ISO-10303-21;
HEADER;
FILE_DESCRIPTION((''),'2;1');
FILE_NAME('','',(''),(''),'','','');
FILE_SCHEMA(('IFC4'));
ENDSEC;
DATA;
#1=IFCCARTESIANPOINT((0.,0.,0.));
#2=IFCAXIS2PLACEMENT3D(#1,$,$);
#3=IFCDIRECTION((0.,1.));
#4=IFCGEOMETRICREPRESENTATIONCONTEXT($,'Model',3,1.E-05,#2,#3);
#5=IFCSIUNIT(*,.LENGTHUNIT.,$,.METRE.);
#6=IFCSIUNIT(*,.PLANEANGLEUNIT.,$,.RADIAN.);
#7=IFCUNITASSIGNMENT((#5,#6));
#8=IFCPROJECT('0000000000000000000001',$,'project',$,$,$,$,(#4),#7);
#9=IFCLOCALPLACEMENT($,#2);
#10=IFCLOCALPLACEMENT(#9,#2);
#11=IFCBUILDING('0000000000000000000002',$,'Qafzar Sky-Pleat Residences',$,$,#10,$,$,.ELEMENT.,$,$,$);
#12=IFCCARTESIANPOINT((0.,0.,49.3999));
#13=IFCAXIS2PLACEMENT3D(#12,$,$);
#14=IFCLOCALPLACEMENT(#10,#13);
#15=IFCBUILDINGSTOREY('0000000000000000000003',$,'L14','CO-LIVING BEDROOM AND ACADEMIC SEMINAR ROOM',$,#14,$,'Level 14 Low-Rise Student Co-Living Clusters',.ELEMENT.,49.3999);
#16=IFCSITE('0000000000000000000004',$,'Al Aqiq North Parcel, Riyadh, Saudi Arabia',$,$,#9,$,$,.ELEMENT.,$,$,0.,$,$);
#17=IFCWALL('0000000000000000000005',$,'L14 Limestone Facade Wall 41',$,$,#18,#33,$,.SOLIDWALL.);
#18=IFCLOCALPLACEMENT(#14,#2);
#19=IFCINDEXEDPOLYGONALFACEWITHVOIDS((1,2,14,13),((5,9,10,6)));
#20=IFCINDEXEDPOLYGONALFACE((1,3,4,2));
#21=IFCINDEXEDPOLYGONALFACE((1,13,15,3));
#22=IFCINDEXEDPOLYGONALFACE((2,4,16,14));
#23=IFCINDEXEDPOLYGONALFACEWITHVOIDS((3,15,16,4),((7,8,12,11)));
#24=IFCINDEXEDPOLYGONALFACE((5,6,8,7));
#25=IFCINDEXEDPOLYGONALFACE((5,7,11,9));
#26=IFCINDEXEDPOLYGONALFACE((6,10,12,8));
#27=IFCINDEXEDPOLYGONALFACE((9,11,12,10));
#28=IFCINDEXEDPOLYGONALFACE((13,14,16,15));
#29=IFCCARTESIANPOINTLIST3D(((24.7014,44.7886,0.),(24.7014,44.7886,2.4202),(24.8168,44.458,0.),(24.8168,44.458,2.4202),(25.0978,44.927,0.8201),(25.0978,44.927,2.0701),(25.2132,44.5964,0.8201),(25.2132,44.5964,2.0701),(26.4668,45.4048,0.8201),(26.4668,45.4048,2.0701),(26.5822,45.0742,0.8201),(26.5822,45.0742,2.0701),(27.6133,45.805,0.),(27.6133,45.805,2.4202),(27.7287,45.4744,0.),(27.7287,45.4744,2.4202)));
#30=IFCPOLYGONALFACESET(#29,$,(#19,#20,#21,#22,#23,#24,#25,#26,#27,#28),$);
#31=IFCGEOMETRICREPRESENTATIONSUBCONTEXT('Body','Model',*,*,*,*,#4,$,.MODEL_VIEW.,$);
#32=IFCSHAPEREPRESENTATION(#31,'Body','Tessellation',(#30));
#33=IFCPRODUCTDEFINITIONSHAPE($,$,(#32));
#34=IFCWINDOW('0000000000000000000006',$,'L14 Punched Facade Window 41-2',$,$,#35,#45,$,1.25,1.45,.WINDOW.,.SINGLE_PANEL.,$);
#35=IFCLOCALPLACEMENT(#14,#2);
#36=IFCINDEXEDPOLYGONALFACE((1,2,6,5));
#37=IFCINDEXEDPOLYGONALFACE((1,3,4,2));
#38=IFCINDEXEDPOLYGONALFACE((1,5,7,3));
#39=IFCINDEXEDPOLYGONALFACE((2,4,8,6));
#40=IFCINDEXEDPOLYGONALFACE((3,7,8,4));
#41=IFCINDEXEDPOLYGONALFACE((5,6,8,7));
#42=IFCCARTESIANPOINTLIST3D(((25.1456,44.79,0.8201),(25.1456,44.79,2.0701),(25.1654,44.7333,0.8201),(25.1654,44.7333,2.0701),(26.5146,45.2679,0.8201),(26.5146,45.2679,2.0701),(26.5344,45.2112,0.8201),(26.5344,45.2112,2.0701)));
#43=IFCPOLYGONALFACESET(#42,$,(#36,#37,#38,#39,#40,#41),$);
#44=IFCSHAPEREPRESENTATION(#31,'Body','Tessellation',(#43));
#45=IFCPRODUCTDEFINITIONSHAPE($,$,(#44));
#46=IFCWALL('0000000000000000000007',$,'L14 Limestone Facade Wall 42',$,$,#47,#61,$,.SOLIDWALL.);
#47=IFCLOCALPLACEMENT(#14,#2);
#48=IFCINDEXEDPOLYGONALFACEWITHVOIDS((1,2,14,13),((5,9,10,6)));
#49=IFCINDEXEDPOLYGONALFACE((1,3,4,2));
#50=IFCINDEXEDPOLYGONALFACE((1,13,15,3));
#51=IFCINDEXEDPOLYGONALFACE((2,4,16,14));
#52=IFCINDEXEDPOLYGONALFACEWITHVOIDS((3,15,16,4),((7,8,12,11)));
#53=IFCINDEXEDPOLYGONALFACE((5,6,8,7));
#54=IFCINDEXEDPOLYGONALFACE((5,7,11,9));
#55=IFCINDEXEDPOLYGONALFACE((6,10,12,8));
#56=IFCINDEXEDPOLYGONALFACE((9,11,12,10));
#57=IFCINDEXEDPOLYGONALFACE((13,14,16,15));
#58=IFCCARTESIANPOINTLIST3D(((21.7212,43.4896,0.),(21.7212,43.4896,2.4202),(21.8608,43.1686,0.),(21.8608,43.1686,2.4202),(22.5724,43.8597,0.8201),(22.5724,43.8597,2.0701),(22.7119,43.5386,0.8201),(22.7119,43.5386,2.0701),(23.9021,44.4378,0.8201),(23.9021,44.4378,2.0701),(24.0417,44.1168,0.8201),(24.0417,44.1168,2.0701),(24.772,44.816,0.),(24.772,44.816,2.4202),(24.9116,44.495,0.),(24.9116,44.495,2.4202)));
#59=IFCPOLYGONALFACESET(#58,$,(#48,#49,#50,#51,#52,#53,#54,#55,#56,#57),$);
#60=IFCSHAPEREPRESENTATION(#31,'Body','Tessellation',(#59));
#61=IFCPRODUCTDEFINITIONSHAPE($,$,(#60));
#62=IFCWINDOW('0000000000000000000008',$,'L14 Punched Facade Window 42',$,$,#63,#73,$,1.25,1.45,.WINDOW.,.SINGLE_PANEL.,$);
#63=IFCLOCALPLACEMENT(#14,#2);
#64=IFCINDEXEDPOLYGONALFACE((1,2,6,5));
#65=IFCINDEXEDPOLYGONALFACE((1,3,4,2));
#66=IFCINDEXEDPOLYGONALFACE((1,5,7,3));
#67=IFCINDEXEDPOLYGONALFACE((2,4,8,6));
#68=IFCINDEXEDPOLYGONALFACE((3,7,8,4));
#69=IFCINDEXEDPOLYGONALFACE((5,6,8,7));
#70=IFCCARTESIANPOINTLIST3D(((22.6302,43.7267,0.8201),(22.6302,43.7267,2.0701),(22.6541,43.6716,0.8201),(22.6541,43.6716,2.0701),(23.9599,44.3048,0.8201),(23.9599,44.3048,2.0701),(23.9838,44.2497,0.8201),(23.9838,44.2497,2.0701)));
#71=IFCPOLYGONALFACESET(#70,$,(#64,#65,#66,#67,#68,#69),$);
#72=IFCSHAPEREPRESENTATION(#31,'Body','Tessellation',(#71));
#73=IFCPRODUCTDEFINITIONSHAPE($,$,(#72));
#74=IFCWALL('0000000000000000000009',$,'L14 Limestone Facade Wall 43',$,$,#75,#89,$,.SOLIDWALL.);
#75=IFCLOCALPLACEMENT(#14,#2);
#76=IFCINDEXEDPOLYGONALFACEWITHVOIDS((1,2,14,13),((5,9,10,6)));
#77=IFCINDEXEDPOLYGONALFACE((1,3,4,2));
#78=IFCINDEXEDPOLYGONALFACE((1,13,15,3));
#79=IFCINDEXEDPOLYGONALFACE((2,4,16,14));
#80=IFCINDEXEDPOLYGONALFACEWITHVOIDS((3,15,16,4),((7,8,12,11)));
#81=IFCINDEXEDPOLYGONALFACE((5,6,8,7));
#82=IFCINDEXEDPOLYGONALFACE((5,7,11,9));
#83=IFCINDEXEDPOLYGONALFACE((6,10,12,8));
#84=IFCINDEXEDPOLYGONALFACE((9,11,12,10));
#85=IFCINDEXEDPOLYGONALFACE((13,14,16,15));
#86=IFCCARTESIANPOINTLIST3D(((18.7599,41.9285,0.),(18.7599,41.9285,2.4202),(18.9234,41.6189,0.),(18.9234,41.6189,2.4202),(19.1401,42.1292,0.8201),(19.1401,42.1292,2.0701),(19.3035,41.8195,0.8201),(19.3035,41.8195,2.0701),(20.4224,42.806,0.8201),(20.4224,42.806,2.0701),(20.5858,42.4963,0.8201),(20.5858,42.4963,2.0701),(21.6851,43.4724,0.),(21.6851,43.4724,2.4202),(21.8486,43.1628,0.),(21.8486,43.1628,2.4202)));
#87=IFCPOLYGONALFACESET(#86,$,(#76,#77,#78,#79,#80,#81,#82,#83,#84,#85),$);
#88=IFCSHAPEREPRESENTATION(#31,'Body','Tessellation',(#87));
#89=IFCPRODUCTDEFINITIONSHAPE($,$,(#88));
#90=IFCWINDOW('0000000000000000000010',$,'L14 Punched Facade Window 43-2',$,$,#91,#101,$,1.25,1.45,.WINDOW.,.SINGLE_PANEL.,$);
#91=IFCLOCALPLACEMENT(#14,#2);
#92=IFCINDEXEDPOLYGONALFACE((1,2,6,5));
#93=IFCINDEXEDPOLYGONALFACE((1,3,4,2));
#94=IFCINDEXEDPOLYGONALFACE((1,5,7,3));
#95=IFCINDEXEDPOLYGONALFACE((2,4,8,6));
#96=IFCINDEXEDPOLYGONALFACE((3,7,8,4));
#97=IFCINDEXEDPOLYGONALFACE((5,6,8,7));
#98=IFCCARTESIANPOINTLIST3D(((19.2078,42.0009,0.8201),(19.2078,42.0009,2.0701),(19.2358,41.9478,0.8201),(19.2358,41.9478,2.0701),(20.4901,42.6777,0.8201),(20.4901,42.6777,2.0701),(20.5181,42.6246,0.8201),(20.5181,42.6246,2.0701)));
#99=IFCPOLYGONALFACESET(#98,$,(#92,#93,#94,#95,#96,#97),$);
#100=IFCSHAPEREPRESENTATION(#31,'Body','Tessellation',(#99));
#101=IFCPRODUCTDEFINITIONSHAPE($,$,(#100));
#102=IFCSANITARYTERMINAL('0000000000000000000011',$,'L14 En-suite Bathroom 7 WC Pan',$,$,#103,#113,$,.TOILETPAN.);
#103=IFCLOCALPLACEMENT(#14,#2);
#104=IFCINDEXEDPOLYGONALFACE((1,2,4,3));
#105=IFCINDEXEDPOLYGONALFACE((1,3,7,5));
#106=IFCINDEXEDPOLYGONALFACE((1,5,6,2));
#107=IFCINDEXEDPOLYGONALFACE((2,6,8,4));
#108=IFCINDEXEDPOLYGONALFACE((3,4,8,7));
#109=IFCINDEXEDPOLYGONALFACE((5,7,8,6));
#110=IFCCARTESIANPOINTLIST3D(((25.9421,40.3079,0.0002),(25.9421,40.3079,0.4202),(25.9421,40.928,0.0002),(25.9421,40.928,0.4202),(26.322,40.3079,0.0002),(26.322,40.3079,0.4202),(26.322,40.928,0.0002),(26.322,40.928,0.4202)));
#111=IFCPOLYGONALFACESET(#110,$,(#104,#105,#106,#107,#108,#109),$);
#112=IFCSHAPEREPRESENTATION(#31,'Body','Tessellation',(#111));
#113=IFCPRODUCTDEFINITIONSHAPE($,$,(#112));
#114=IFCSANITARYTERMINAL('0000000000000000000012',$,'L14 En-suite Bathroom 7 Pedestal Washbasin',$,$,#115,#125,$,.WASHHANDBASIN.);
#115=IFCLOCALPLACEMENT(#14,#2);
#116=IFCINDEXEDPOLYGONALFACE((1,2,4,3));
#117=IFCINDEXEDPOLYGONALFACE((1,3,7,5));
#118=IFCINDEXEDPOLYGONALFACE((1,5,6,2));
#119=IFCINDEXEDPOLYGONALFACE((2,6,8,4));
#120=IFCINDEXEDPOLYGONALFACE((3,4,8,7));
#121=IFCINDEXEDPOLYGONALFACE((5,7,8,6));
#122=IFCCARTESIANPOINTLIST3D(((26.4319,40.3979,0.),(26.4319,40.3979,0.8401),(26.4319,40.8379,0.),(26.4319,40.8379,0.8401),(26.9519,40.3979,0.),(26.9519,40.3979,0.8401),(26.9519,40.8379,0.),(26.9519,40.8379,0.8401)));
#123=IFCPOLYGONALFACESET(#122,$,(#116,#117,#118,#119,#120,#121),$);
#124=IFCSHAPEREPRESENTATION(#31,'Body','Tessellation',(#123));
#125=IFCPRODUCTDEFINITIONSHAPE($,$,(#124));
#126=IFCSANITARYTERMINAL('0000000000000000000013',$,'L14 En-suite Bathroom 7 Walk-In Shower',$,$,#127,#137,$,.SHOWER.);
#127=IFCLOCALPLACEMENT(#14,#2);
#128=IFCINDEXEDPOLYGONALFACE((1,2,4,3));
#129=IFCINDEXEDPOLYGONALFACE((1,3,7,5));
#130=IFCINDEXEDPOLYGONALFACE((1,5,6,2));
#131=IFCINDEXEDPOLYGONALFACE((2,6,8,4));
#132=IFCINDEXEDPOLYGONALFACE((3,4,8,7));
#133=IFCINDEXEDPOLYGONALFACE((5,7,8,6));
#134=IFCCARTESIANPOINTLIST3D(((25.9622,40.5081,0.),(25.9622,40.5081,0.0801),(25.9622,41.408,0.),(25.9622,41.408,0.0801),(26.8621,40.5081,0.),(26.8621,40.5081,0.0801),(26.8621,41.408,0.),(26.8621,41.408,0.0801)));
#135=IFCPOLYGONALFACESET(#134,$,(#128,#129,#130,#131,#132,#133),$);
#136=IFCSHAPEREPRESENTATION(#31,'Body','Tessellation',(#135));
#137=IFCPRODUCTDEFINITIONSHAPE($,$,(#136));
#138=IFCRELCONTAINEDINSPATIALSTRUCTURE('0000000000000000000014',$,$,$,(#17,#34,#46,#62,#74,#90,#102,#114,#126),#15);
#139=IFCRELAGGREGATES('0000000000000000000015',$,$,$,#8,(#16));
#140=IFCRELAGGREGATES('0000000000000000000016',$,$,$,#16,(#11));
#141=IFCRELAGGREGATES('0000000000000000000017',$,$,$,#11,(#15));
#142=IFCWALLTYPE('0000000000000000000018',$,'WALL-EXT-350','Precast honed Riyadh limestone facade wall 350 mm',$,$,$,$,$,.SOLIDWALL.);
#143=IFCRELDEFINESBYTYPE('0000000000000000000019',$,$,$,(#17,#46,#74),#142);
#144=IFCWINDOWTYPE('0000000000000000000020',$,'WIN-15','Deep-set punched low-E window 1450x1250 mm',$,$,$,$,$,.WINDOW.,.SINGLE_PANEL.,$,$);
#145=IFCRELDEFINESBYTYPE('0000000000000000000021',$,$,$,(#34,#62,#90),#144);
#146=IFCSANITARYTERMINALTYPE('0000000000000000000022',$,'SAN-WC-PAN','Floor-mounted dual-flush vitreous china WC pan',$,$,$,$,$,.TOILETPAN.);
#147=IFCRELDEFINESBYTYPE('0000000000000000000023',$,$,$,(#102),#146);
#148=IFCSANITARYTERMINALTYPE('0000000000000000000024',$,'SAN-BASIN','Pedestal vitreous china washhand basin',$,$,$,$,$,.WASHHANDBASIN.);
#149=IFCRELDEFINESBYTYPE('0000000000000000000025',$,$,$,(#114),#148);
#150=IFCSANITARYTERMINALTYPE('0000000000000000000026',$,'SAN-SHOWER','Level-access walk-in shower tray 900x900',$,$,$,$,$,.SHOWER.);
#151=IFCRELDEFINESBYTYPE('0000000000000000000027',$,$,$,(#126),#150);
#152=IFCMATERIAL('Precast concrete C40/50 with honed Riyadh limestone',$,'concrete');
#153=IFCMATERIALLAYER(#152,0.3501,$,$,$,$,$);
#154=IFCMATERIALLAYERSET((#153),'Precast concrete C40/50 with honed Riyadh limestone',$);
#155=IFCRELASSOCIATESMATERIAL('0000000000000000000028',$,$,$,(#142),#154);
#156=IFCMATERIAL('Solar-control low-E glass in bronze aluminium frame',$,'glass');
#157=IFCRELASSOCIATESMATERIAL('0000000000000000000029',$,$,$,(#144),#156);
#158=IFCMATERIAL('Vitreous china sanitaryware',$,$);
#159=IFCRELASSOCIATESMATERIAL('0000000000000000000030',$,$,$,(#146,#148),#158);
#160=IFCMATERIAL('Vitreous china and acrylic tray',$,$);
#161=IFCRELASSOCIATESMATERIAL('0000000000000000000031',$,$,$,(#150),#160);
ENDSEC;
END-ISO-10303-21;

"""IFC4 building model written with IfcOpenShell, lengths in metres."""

from ifc_helpers import new_model, si_unit, direction, frame, frame_2d, origin, origin_2d, place, context, subcontext, project, spatial, rectangle, extrude, source, transform, mapped, material, layer, layer_set, type_object, element, fill, save


model = new_model("IFC4")

# Units and contexts
model_context = context("Model", 3, precision=1e-05, world=origin(), true_north=direction((0.0, 1.0)))
body_context = subcontext(model_context, "Body", "Model", "MODEL_VIEW")
ifc_project = project(units=[si_unit("LENGTHUNIT", "METRE"), si_unit("PLANEANGLEUNIT", "RADIAN")], contexts=[model_context])

# Site, building, storey
site_placement = place(None, origin())
site = spatial("IfcSite", under=ifc_project, at=site_placement, Name="Al Aqiq North Parcel, Riyadh, Saudi Arabia", CompositionType="ELEMENT", RefElevation=0.0)
building_placement = place(site_placement, origin())
building = spatial("IfcBuilding", under=site, at=building_placement, Name="Qafzar Sky-Pleat Residences", CompositionType="ELEMENT")
storey_placement = place(building_placement, frame((0.0, 0.0, 49.3999)))
storey = spatial("IfcBuildingStorey", under=building, at=storey_placement, Name="L14", Description="CO-LIVING BEDROOM AND ACADEMIC SEMINAR ROOM", LongName="Level 14 Low-Rise Student Co-Living Clusters", CompositionType="ELEMENT", Elevation=49.3999)

# Walls, openings, windows
ifc_material_1 = material(Name="Precast concrete C40/50 with honed Riyadh limestone", Category="concrete")
ifc_layer_1 = layer(ifc_material_1, 0.3501)
ifc_layer_set_1 = layer_set([ifc_layer_1], Name="Precast concrete C40/50 with honed Riyadh limestone")
wall_type_1 = type_object("IfcWallType", Name="WALL-EXT-350", Description="Precast honed Riyadh limestone facade wall 350 mm", PredefinedType="SOLIDWALL", material=ifc_layer_set_1)
wall_1_placement = place(storey_placement, frame((27.6709, 45.6396, 0.0), z_axis=(0.0, 0.0, 1.0), x_axis=(-0.944141, -0.329543, 0.0)))
wall_1 = element("IfcWall", 1, at=wall_1_placement, inside=storey, type_object=wall_type_1, Name="L14 Limestone Facade Wall 41", PredefinedType="SOLIDWALL", context=body_context, shape_type="SweptSolid", body=[
    extrude(rectangle(XDim=3.0842, YDim=0.3501, at=frame_2d((1.542, 0.0))), origin(), (0.0, 0.0, 1.0), 2.4202),
])
opening_1_placement = place(wall_1_placement, frame((1.2141, 0.0, 0.8201)))
opening_1 = element("IfcOpeningElement", 2, at=opening_1_placement, cuts=wall_1, PredefinedType="OPENING", context=body_context, shape_type="SweptSolid", body=[
    extrude(rectangle(XDim=1.45, YDim=1.25, at=frame_2d((0.7251, 0.625))), frame((0.0, 0.1851, 0.0), z_axis=(0.0, -1.0, 0.0), x_axis=(1.0, 0.0, 0.0)), (0.0, 0.0, 1.0), 0.3701),
])
ifc_material_2 = material(Name="Solar-control low-E glass in bronze aluminium frame", Category="glass")
window_type = type_object("IfcWindowType", Name="WIN-15", Description="Deep-set punched low-E window 1450x1250 mm", PartitioningType="SINGLE_PANEL", PredefinedType="WINDOW", material=ifc_material_2)
shared_shape_1 = source(origin(), body_context, "Body", "SweptSolid", [
    extrude(rectangle(XDim=1.45, YDim=1.25, at=frame_2d((0.7251, 0.625))), frame((0.0, 0.03, 0.0), z_axis=(0.0, -1.0, 0.0), x_axis=(1.0, 0.0, 0.0)), (0.0, 0.0, 1.0), 0.0601),
])
window_1_placement = place(opening_1_placement, origin())
window_1 = element("IfcWindow", 3, at=window_1_placement, inside=storey, type_object=window_type, Name="L14 Punched Facade Window 41-2", OverallHeight=1.25, OverallWidth=1.45, PartitioningType="SINGLE_PANEL", PredefinedType="WINDOW", context=body_context, shape_type="MappedRepresentation", body=[
    mapped(shared_shape_1, transform((0.0, 0.0, 0.0), x_axis=(1.0, 0.0, 0.0), y_axis=(0.0, 1.0, 0.0), z_axis=(0.0, 0.0, 1.0), scale=1.0)),
])
fill(opening_1, window_1)
wall_2_placement = place(storey_placement, frame((24.8418, 44.6555, 0.0), z_axis=(0.0, 0.0, 1.0), x_axis=(-0.917071, -0.398723, 0.0)))
wall_2 = element("IfcWall", 4, at=wall_2_placement, inside=storey, type_object=wall_type_1, Name="L14 Limestone Facade Wall 42", PredefinedType="SOLIDWALL", context=body_context, shape_type="SweptSolid", body=[
    extrude(rectangle(XDim=3.3267, YDim=0.3501, at=frame_2d((1.6633, 0.0))), origin(), (0.0, 0.0, 1.0), 2.4202),
])
opening_2_placement = place(wall_2_placement, frame((0.9485, 0.0, 0.8201)))
opening_2 = element("IfcOpeningElement", 5, at=opening_2_placement, cuts=wall_2, PredefinedType="OPENING", context=body_context, shape_type="SweptSolid", body=[
    extrude(rectangle(XDim=1.45, YDim=1.25, at=frame_2d((0.7251, 0.625))), frame((0.0, 0.1851, 0.0), z_axis=(0.0, -1.0, 0.0), x_axis=(1.0, 0.0, 0.0)), (0.0, 0.0, 1.0), 0.3701),
])
window_2_placement = place(opening_2_placement, origin())
window_2 = element("IfcWindow", 6, at=window_2_placement, inside=storey, type_object=window_type, Name="L14 Punched Facade Window 42", OverallHeight=1.25, OverallWidth=1.45, PartitioningType="SINGLE_PANEL", PredefinedType="WINDOW", context=body_context, shape_type="MappedRepresentation", body=[
    mapped(shared_shape_1, transform((0.0, 0.0, 0.0), x_axis=(1.0, 0.0, 0.0), y_axis=(0.0, 1.0, 0.0), z_axis=(0.0, 0.0, 1.0), scale=1.0)),
])
fill(opening_2, window_2)
wall_3_placement = place(storey_placement, frame((21.7668, 43.3176, 0.0), z_axis=(0.0, 0.0, 1.0), x_axis=(-0.88438, -0.466768, 0.0)))
wall_3 = element("IfcWall", 7, at=wall_3_placement, inside=storey, type_object=wall_type_1, Name="L14 Limestone Facade Wall 43", PredefinedType="SOLIDWALL", context=body_context, shape_type="SweptSolid", body=[
    extrude(rectangle(XDim=3.3076, YDim=0.3501, at=frame_2d((1.6538, 0.0))), origin(), (0.0, 0.0, 1.0), 2.4202),
])
opening_3_placement = place(wall_3_placement, frame((1.4277, 0.0, 0.8201)))
opening_3 = element("IfcOpeningElement", 8, at=opening_3_placement, cuts=wall_3, PredefinedType="OPENING", context=body_context, shape_type="SweptSolid", body=[
    extrude(rectangle(XDim=1.45, YDim=1.25, at=frame_2d((0.7251, 0.625))), frame((0.0, 0.1851, 0.0), z_axis=(0.0, -1.0, 0.0), x_axis=(1.0, 0.0, 0.0)), (0.0, 0.0, 1.0), 0.3701),
])
window_3_placement = place(opening_3_placement, origin())
window_3 = element("IfcWindow", 9, at=window_3_placement, inside=storey, type_object=window_type, Name="L14 Punched Facade Window 43-2", OverallHeight=1.25, OverallWidth=1.45, PartitioningType="SINGLE_PANEL", PredefinedType="WINDOW", context=body_context, shape_type="MappedRepresentation", body=[
    mapped(shared_shape_1, transform((0.0, 0.0, 0.0), x_axis=(1.0, 0.0, 0.0), y_axis=(0.0, 1.0, 0.0), z_axis=(0.0, 0.0, 1.0), scale=1.0)),
])
fill(opening_3, window_3)

# Sanitary terminals
ifc_material_3 = material(Name="Vitreous china sanitaryware")
sanitary_terminal_type_1 = type_object("IfcSanitaryTerminalType", Name="SAN-WC-PAN", Description="Floor-mounted dual-flush vitreous china WC pan", PredefinedType="TOILETPAN", material=ifc_material_3)
shared_shape_2 = source(origin(), body_context, "Body", "SweptSolid", [
    extrude(rectangle(XDim=0.3799, YDim=0.6201, at=origin_2d()), origin(), (0.0, 0.0, 1.0), 0.4199),
])
sanitary_terminal_1_placement = place(storey_placement, frame((26.1321, 40.6179, 0.0002), z_axis=(0.0, 0.0, 1.0), x_axis=(1.0, 0.0, 0.0)))
element("IfcSanitaryTerminal", 10, at=sanitary_terminal_1_placement, inside=storey, type_object=sanitary_terminal_type_1, Name="L14 En-suite Bathroom 7 WC Pan", PredefinedType="TOILETPAN", context=body_context, shape_type="MappedRepresentation", body=[
    mapped(shared_shape_2, transform((0.0, 0.0, 0.0), x_axis=(1.0, 0.0, 0.0), y_axis=(0.0, 1.0, 0.0), z_axis=(0.0, 0.0, 1.0), scale=1.0)),
])
sanitary_terminal_type_2 = type_object("IfcSanitaryTerminalType", Name="SAN-BASIN", Description="Pedestal vitreous china washhand basin", PredefinedType="WASHHANDBASIN", material=ifc_material_3)
shared_shape_3 = source(origin(), body_context, "Body", "SweptSolid", [
    extrude(rectangle(XDim=0.52, YDim=0.4399, at=origin_2d()), origin(), (0.0, 0.0, 1.0), 0.8401),
])
sanitary_terminal_2_placement = place(storey_placement, frame((26.6919, 40.6179, 0.0), z_axis=(0.0, 0.0, 1.0), x_axis=(1.0, 0.0, 0.0)))
element("IfcSanitaryTerminal", 11, at=sanitary_terminal_2_placement, inside=storey, type_object=sanitary_terminal_type_2, Name="L14 En-suite Bathroom 7 Pedestal Washbasin", PredefinedType="WASHHANDBASIN", context=body_context, shape_type="MappedRepresentation", body=[
    mapped(shared_shape_3, transform((0.0, 0.0, 0.0), x_axis=(1.0, 0.0, 0.0), y_axis=(0.0, 1.0, 0.0), z_axis=(0.0, 0.0, 1.0), scale=1.0)),
])
ifc_material_4 = material(Name="Vitreous china and acrylic tray")
sanitary_terminal_type_3 = type_object("IfcSanitaryTerminalType", Name="SAN-SHOWER", Description="Level-access walk-in shower tray 900x900", PredefinedType="SHOWER", material=ifc_material_4)
shared_shape_4 = source(origin(), body_context, "Body", "SweptSolid", [
    extrude(rectangle(XDim=0.8999, YDim=0.8999, at=origin_2d()), origin(), (0.0, 0.0, 1.0), 0.0801),
])
sanitary_terminal_3_placement = place(storey_placement, frame((26.4121, 40.958, 0.0), z_axis=(0.0, 0.0, 1.0), x_axis=(1.0, 0.0, 0.0)))
element("IfcSanitaryTerminal", 12, at=sanitary_terminal_3_placement, inside=storey, type_object=sanitary_terminal_type_3, Name="L14 En-suite Bathroom 7 Walk-In Shower", PredefinedType="SHOWER", context=body_context, shape_type="MappedRepresentation", body=[
    mapped(shared_shape_4, transform((0.0, 0.0, 0.0), x_axis=(1.0, 0.0, 0.0), y_axis=(0.0, 1.0, 0.0), z_axis=(0.0, 0.0, 1.0), scale=1.0)),
])

save(model, "model.ifc")
